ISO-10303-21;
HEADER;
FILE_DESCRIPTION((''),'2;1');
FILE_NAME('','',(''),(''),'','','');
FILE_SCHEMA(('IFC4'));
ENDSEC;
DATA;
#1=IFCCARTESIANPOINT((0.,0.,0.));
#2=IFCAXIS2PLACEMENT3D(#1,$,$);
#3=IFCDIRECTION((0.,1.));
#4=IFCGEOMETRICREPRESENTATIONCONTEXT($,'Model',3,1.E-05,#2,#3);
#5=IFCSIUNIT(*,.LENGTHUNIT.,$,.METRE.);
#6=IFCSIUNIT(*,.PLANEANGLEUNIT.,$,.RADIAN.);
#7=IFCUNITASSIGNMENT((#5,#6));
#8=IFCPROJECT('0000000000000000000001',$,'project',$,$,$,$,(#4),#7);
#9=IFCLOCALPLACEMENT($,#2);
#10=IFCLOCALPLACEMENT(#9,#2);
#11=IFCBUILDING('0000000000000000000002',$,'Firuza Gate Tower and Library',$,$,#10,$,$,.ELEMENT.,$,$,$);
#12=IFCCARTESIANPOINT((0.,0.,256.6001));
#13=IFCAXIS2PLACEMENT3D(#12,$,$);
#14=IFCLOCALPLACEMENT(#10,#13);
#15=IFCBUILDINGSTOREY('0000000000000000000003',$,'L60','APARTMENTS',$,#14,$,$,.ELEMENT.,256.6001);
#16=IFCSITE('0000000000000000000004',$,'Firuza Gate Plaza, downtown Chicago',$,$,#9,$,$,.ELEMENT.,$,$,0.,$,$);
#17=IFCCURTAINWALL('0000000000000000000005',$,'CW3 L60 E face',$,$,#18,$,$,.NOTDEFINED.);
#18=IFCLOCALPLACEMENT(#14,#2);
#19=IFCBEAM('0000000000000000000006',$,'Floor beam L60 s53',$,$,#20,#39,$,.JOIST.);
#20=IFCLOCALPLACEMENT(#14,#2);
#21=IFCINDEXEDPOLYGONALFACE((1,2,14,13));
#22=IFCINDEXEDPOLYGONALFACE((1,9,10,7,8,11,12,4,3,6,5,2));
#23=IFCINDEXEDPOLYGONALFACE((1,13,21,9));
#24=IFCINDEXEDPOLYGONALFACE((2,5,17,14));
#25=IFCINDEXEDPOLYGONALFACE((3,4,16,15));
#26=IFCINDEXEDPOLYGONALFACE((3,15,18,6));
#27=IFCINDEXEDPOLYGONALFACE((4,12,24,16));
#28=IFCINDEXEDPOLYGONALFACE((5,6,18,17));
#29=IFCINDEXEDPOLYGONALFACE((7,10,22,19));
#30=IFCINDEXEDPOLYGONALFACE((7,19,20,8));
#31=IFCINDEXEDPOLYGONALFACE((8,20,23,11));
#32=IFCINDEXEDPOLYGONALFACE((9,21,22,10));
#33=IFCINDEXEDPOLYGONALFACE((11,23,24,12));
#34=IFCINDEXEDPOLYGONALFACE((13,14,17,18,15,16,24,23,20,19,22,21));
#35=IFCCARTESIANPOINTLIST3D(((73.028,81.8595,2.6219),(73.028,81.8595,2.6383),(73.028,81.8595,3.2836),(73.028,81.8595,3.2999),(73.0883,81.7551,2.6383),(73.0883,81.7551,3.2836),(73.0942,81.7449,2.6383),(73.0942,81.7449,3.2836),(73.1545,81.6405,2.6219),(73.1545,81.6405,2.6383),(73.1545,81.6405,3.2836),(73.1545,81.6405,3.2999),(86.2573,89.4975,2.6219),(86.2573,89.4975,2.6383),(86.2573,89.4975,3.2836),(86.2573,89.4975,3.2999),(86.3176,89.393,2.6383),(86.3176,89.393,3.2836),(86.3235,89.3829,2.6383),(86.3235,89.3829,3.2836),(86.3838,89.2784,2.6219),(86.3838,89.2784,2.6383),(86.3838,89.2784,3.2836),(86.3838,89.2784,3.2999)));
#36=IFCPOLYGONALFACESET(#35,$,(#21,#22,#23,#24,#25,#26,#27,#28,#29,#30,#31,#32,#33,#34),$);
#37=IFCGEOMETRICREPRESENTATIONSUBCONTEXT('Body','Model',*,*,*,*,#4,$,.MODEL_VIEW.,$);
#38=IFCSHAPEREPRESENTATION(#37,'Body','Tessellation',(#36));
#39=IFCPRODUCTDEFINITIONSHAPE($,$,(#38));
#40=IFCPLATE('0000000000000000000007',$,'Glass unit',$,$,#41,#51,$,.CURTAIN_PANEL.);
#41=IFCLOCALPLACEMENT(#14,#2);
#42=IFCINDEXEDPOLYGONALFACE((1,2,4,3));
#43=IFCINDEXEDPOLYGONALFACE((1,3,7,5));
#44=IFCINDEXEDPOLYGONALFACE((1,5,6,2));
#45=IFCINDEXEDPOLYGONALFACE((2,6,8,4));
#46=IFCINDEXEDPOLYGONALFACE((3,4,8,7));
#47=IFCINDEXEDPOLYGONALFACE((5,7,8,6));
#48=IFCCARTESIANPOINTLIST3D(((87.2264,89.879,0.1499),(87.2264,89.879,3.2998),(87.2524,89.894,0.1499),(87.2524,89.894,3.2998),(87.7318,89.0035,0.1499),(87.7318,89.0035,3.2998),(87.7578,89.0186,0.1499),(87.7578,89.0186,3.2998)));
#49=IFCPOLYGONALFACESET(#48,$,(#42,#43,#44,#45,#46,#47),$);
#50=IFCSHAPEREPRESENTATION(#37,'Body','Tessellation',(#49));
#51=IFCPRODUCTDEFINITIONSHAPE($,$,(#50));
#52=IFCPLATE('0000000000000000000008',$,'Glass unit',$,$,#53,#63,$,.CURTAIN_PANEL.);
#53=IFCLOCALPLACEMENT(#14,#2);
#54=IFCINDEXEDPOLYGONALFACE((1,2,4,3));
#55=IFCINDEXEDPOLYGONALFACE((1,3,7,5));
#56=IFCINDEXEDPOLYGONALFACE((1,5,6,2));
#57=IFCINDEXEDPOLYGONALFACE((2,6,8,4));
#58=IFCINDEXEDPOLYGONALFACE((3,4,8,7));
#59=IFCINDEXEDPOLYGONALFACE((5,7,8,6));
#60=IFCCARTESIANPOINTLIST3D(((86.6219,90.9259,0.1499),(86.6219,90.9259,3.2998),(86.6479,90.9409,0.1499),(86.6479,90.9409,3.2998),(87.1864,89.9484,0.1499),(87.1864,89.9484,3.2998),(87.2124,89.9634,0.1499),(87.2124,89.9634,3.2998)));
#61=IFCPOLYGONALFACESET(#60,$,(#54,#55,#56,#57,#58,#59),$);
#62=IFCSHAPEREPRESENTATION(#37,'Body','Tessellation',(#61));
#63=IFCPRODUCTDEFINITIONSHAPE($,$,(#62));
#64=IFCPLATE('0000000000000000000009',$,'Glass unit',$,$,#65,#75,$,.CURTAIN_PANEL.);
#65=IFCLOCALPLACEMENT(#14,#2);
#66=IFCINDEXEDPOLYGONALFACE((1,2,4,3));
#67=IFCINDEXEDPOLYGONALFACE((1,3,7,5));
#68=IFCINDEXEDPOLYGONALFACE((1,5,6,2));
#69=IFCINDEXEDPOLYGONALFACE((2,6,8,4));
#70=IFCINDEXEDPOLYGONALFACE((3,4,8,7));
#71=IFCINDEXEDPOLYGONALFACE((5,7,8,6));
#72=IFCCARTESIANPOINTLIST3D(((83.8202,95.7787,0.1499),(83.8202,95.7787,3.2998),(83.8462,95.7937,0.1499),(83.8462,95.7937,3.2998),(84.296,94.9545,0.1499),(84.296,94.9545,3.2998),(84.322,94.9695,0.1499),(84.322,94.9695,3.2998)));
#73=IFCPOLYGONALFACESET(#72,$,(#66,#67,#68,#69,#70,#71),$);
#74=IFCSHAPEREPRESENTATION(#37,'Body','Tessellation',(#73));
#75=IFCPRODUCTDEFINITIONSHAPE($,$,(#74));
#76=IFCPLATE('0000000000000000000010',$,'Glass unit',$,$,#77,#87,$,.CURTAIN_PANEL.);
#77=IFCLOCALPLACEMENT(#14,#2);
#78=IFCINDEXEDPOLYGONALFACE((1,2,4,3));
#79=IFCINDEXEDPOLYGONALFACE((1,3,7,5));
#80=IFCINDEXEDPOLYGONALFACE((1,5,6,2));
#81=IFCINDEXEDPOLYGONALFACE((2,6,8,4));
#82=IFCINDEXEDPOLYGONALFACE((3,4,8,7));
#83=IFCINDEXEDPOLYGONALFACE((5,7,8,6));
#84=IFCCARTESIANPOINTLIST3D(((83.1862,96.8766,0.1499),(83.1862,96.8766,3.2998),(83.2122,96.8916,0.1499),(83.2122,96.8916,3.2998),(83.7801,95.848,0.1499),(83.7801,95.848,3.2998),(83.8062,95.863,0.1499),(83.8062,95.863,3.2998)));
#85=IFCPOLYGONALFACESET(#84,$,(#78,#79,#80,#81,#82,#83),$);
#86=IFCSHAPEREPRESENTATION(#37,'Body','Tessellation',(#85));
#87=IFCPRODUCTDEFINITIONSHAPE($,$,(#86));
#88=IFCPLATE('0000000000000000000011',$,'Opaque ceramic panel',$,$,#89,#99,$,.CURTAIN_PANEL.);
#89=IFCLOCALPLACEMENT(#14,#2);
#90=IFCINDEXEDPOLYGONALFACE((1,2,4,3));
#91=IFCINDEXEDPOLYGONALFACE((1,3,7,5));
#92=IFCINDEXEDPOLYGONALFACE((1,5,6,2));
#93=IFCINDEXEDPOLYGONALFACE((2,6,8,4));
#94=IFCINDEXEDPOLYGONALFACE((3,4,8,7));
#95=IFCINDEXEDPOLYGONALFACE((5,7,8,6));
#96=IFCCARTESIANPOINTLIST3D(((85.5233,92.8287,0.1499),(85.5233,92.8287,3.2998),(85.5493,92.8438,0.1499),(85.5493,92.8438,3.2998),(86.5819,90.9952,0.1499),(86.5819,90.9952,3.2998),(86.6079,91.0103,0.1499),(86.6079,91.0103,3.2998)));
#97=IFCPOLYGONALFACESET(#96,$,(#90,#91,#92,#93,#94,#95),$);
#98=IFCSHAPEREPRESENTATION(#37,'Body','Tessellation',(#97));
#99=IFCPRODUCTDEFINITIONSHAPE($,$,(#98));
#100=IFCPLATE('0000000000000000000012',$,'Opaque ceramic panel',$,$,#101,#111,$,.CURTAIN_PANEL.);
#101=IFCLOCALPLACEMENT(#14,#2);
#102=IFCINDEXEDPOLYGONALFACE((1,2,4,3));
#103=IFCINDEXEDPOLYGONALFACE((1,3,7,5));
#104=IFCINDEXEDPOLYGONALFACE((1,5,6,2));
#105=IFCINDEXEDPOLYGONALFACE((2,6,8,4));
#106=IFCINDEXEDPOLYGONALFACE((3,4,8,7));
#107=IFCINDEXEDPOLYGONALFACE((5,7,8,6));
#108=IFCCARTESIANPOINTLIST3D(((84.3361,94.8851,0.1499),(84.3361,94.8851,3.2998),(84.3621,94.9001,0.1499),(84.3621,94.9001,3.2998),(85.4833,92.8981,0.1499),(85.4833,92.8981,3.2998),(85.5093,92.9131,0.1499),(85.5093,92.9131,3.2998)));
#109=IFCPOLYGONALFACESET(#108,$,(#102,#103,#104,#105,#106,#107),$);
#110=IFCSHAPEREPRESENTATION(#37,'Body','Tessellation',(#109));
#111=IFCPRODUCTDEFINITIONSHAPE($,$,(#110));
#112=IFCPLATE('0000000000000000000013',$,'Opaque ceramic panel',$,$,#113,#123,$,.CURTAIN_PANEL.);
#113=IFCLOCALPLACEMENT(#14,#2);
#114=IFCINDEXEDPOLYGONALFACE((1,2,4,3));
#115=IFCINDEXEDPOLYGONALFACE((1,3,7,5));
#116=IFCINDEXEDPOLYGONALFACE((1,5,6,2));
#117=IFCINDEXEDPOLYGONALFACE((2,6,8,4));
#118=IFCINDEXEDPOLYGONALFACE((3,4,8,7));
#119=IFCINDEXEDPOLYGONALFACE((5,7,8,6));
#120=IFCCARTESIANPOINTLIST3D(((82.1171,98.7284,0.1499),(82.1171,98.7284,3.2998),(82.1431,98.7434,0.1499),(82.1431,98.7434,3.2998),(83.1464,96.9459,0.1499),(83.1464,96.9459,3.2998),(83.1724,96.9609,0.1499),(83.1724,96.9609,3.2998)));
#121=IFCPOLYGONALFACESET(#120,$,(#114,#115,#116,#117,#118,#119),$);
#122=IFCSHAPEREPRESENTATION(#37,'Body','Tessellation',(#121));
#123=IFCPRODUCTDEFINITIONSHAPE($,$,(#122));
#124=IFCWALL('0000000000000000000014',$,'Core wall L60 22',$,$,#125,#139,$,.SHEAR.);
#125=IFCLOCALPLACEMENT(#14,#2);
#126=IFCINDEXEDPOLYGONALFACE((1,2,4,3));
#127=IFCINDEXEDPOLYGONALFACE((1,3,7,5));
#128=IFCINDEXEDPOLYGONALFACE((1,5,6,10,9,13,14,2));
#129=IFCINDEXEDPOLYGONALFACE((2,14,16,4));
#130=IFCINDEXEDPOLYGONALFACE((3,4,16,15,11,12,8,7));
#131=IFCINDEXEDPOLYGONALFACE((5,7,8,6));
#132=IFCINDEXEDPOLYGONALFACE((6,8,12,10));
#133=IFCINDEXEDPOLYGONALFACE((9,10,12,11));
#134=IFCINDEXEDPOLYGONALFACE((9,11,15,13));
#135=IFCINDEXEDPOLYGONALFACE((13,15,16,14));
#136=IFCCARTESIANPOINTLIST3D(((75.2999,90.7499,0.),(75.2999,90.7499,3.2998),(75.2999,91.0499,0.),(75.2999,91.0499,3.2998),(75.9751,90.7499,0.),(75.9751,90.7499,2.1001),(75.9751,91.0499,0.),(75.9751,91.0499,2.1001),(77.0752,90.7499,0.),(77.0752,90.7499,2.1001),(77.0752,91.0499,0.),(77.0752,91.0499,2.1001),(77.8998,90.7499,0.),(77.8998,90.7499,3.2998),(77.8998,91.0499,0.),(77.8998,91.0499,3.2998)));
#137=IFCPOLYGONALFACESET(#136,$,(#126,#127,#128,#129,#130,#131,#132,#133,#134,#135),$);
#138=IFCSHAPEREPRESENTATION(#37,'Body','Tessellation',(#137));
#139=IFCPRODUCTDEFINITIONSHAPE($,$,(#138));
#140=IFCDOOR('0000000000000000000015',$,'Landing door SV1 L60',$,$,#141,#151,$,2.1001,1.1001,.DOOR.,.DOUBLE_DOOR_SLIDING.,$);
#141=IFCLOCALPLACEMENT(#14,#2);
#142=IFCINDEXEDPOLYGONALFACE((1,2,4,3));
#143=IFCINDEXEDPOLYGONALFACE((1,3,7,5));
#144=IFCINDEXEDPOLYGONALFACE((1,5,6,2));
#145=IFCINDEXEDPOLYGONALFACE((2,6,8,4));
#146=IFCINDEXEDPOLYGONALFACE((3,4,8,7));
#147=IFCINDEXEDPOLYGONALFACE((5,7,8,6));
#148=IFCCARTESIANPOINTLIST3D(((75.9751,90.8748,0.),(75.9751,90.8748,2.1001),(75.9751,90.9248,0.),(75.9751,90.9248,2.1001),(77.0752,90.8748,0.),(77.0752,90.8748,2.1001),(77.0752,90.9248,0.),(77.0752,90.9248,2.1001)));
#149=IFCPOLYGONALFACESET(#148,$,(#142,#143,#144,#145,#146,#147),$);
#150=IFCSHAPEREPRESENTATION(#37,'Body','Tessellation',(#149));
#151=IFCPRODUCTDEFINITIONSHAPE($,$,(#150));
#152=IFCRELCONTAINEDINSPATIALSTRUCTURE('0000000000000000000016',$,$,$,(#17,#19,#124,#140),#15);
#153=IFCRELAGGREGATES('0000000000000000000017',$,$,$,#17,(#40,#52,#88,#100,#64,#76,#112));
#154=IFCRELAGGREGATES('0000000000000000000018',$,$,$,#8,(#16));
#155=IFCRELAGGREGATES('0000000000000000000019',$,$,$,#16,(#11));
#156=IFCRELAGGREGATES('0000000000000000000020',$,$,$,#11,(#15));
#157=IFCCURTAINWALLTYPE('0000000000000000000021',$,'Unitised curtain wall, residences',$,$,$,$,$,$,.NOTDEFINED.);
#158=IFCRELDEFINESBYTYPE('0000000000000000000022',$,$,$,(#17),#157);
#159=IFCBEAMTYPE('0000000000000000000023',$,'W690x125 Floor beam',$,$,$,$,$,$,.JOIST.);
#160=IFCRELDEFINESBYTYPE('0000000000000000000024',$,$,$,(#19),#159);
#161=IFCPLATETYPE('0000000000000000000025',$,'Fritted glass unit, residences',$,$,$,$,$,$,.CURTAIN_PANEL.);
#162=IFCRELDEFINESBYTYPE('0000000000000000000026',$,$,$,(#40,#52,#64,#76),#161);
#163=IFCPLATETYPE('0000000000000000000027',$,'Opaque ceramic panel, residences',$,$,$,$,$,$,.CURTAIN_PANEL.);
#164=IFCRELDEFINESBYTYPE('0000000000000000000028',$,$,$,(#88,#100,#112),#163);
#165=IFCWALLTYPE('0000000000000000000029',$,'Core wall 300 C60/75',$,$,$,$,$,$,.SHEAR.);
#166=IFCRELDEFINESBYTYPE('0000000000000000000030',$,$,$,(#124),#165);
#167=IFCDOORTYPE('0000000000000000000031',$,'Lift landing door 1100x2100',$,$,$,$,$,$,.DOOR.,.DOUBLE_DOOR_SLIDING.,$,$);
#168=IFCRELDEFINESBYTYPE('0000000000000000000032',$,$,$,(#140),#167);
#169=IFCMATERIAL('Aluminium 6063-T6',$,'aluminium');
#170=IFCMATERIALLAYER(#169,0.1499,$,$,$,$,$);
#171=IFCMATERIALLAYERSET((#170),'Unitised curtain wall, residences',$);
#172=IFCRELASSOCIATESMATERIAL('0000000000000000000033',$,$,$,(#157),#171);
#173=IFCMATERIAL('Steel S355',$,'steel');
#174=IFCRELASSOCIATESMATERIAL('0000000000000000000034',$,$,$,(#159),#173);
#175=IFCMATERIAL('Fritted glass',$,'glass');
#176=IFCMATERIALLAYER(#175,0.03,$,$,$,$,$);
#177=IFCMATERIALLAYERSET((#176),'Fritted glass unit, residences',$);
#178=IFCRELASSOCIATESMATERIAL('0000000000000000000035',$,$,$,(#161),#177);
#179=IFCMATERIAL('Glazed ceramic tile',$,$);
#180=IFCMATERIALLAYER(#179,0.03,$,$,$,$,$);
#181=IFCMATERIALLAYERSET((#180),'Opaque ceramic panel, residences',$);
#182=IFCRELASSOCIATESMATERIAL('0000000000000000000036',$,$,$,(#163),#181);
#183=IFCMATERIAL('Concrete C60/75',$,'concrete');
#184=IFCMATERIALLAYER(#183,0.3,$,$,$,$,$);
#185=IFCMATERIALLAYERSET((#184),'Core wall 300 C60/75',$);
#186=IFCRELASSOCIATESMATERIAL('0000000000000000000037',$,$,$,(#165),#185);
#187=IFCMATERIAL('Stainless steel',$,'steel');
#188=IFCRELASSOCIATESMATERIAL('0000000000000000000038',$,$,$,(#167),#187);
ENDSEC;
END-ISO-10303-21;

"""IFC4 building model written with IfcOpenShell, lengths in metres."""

from ifc_helpers import new_model, si_unit, direction, frame, frame_2d, origin, origin_2d, place, context, subcontext, project, spatial, polyline, rectangle, i_section, outline, extrude, material, layer, layer_set, material_profile, profile_set, type_object, element, fill, aggregate, save


model = new_model("IFC4")

# Units and contexts
model_context = context("Model", 3, precision=1e-05, world=origin(), true_north=direction((0.0, 1.0)))
body_context = subcontext(model_context, "Body", "Model", "MODEL_VIEW")
ifc_project = project(units=[si_unit("LENGTHUNIT", "METRE"), si_unit("PLANEANGLEUNIT", "RADIAN")], contexts=[model_context])

# Site, building, storey
site_placement = place(None, origin())
site = spatial("IfcSite", under=ifc_project, at=site_placement, Name="Firuza Gate Plaza, downtown Chicago", CompositionType="ELEMENT", RefElevation=0.0)
building_placement = place(site_placement, origin())
building = spatial("IfcBuilding", under=site, at=building_placement, Name="Firuza Gate Tower and Library", CompositionType="ELEMENT")
storey_placement = place(building_placement, frame((0.0, 0.0, 256.6001)))
storey = spatial("IfcBuildingStorey", under=building, at=storey_placement, Name="L60", Description="APARTMENTS", CompositionType="ELEMENT", Elevation=256.6001)

# Curtain wall
ifc_material_1 = material(Name="Aluminium 6063-T6", Category="aluminium")
ifc_layer_1 = layer(ifc_material_1, 0.1499)
ifc_layer_set_1 = layer_set([ifc_layer_1], Name="Unitised curtain wall, residences")
curtain_wall_type = type_object("IfcCurtainWallType", Name="Unitised curtain wall, residences", PredefinedType="NOTDEFINED", material=ifc_layer_set_1)
placement = place(storey_placement, origin())
curtain_wall = element("IfcCurtainWall", 1, at=placement, inside=storey, type_object=curtain_wall_type, Name="CW3 L60 E face", PredefinedType="NOTDEFINED")

# Beam
ifc_material_2 = material(Name="Steel S355", Category="steel")
ifc_material_profile_1 = material_profile(ifc_material_2, i_section(OverallWidth=0.2529, OverallDepth=0.678, WebThickness=0.0117, FlangeThickness=0.0164, at=origin_2d()))
ifc_profile_set_1 = profile_set([ifc_material_profile_1], Name="Steel S355")
beam_type_1 = type_object("IfcBeamType", Name="W690x125 Floor beam", PredefinedType="JOIST", material=ifc_profile_set_1)
beam_1_placement = place(storey_placement, frame((86.3206, 89.3879, 2.9609), z_axis=(-0.866025, -0.500001, 0.0), x_axis=(0.500001, -0.866025, 0.0)))
element("IfcBeam", 2, at=beam_1_placement, inside=storey, type_object=beam_type_1, Name="Floor beam L60 s53", PredefinedType="JOIST", context=body_context, shape_type="SweptSolid", body=[
    extrude(i_section(OverallWidth=0.2529, OverallDepth=0.678, WebThickness=0.0117, FlangeThickness=0.0164, at=origin_2d()), origin(), (0.0, 0.0, 1.0), 15.2759),
])

# Plates
ifc_material_3 = material(Name="Fritted glass", Category="glass")
ifc_layer_2 = layer(ifc_material_3, 0.03)
ifc_layer_set_2 = layer_set([ifc_layer_2], Name="Fritted glass unit, residences")
plate_type_1 = type_object("IfcPlateType", Name="Fritted glass unit, residences", PredefinedType="CURTAIN_PANEL", material=ifc_layer_set_2)
plate_1_placement = place(storey_placement, frame((87.7578, 89.0186, 0.1499), z_axis=(0.866065, 0.499932, 0.0), x_axis=(-0.499932, 0.866065, 0.0)))
plate_1 = element("IfcPlate", 3, at=plate_1_placement, type_object=plate_type_1, Name="Glass unit", PredefinedType="CURTAIN_PANEL", context=body_context, shape_type="SweptSolid", body=[
    extrude(outline(polyline([(0.0, 0.0), (1.0109, 0.0), (1.0109, 3.1499), (0.0, 3.1499), (0.0, 0.0)])), origin(), (0.0, 0.0, -1.0), 0.03),
])
plate_2_placement = place(storey_placement, frame((87.2124, 89.9634, 0.1499), z_axis=(0.865998, 0.500047, 0.0), x_axis=(-0.500047, 0.865998, 0.0)))
plate_2 = element("IfcPlate", 4, at=plate_2_placement, type_object=plate_type_1, Name="Glass unit", PredefinedType="CURTAIN_PANEL", context=body_context, shape_type="SweptSolid", body=[
    extrude(outline(polyline([(0.0, 0.0), (1.1288, 0.0), (1.1288, 3.1499), (0.0, 3.1499), (0.0, 0.0)])), origin(), (0.0, 0.0, -1.0), 0.03),
])
plate_3_placement = place(storey_placement, frame((84.322, 94.9695, 0.1499), z_axis=(0.86604, 0.499974, 0.0), x_axis=(-0.499974, 0.86604, 0.0)))
plate_3 = element("IfcPlate", 5, at=plate_3_placement, type_object=plate_type_1, Name="Glass unit", PredefinedType="CURTAIN_PANEL", context=body_context, shape_type="SweptSolid", body=[
    extrude(outline(polyline([(0.0, 0.0), (0.9517, 0.0), (0.9517, 3.1499), (0.0, 3.1499), (0.0, 0.0)])), origin(), (0.0, 0.0, -1.0), 0.03),
])
plate_4_placement = place(storey_placement, frame((83.8062, 95.863, 0.1499), z_axis=(0.86597, 0.500096, 0.0), x_axis=(-0.500096, 0.86597, 0.0)))
plate_4 = element("IfcPlate", 6, at=plate_4_placement, type_object=plate_type_1, Name="Glass unit", PredefinedType="CURTAIN_PANEL", context=body_context, shape_type="SweptSolid", body=[
    extrude(outline(polyline([(0.0, 0.0), (1.1878, 0.0), (1.1878, 3.1499), (0.0, 3.1499), (0.0, 0.0)])), origin(), (0.0, 0.0, -1.0), 0.03),
])
ifc_material_4 = material(Name="Glazed ceramic tile")
ifc_layer_3 = layer(ifc_material_4, 0.03)
ifc_layer_set_3 = layer_set([ifc_layer_3], Name="Opaque ceramic panel, residences")
plate_type_2 = type_object("IfcPlateType", Name="Opaque ceramic panel, residences", PredefinedType="CURTAIN_PANEL", material=ifc_layer_set_3)
plate_5_placement = place(storey_placement, frame((86.6079, 91.0103, 0.1499), z_axis=(0.86602, 0.500009, 0.0), x_axis=(-0.500009, 0.86602, 0.0)))
plate_5 = element("IfcPlate", 7, at=plate_5_placement, type_object=plate_type_2, Name="Opaque ceramic panel", PredefinedType="CURTAIN_PANEL", context=body_context, shape_type="SweptSolid", body=[
    extrude(outline(polyline([(0.0, 0.0), (2.1172, 0.0), (2.1172, 3.1499), (0.0, 3.1499), (0.0, 0.0)])), origin(), (0.0, 0.0, -1.0), 0.03),
])
plate_6_placement = place(storey_placement, frame((85.5093, 92.9131, 0.1499), z_axis=(0.866028, 0.499996, 0.0), x_axis=(-0.499996, 0.866028, 0.0)))
plate_6 = element("IfcPlate", 8, at=plate_6_placement, type_object=plate_type_2, Name="Opaque ceramic panel", PredefinedType="CURTAIN_PANEL", context=body_context, shape_type="SweptSolid", body=[
    extrude(outline(polyline([(0.0, 0.0), (2.2945, 0.0), (2.2945, 3.1499), (0.0, 3.1499), (0.0, 0.0)])), origin(), (0.0, 0.0, -1.0), 0.03),
])
plate_7_placement = place(storey_placement, frame((83.1724, 96.9609, 0.1499), z_axis=(0.865986, 0.500068, 0.0), x_axis=(-0.500068, 0.865986, 0.0)))
plate_7 = element("IfcPlate", 9, at=plate_7_placement, type_object=plate_type_2, Name="Opaque ceramic panel", PredefinedType="CURTAIN_PANEL", context=body_context, shape_type="SweptSolid", body=[
    extrude(outline(polyline([(0.0, 0.0), (2.0583, 0.0), (2.0583, 3.1499), (0.0, 3.1499), (0.0, 0.0)])), origin(), (0.0, 0.0, -1.0), 0.03),
])
aggregate(curtain_wall, [plate_1, plate_2, plate_5, plate_6, plate_3, plate_4, plate_7])

# Wall, opening, door
ifc_material_5 = material(Name="Concrete C60/75", Category="concrete")
ifc_layer_4 = layer(ifc_material_5, 0.3)
ifc_layer_set_4 = layer_set([ifc_layer_4], Name="Core wall 300 C60/75")
wall_type_1 = type_object("IfcWallType", Name="Core wall 300 C60/75", PredefinedType="SHEAR", material=ifc_layer_set_4)
wall_1_placement = place(storey_placement, frame((75.3, 90.8999, 0.0), z_axis=(0.0, 0.0, 1.0), x_axis=(1.0, 0.0, 0.0)))
wall_1 = element("IfcWall", 10, at=wall_1_placement, inside=storey, type_object=wall_type_1, Name="Core wall L60 22", PredefinedType="SHEAR", context=body_context, shape_type="SweptSolid", body=[
    extrude(rectangle(XDim=2.5999, YDim=0.3, at=frame_2d((1.2998, 0.0))), origin(), (0.0, 0.0, 1.0), 3.2998),
])
opening_1_placement = place(wall_1_placement, frame((0.675, 0.0, 0.0)))
opening_1 = element("IfcOpeningElement", 11, at=opening_1_placement, cuts=wall_1, PredefinedType="OPENING", context=body_context, shape_type="SweptSolid", body=[
    extrude(rectangle(XDim=1.1001, YDim=2.1001, at=frame_2d((0.55, 1.05))), frame((0.0, 0.1602, 0.0), z_axis=(0.0, -1.0, 0.0), x_axis=(1.0, 0.0, 0.0)), (0.0, 0.0, 1.0), 0.3201),
])
ifc_material_6 = material(Name="Stainless steel", Category="steel")
door_type_1 = type_object("IfcDoorType", Name="Lift landing door 1100x2100", OperationType="DOUBLE_DOOR_SLIDING", PredefinedType="DOOR", material=ifc_material_6)
door_1_placement = place(opening_1_placement, origin())
door_1 = element("IfcDoor", 12, at=door_1_placement, inside=storey, type_object=door_type_1, Name="Landing door SV1 L60", OperationType="DOUBLE_DOOR_SLIDING", OverallHeight=2.1001, OverallWidth=1.1001, PredefinedType="DOOR", context=body_context, shape_type="SweptSolid", body=[
    extrude(rectangle(XDim=1.1001, YDim=2.1001, at=frame_2d((0.55, 1.05))), frame((0.0, 0.0249, 0.0), z_axis=(0.0, -1.0, 0.0), x_axis=(1.0, 0.0, 0.0)), (0.0, 0.0, 1.0), 0.05),
])
fill(opening_1, door_1)

save(model, "model.ifc")
